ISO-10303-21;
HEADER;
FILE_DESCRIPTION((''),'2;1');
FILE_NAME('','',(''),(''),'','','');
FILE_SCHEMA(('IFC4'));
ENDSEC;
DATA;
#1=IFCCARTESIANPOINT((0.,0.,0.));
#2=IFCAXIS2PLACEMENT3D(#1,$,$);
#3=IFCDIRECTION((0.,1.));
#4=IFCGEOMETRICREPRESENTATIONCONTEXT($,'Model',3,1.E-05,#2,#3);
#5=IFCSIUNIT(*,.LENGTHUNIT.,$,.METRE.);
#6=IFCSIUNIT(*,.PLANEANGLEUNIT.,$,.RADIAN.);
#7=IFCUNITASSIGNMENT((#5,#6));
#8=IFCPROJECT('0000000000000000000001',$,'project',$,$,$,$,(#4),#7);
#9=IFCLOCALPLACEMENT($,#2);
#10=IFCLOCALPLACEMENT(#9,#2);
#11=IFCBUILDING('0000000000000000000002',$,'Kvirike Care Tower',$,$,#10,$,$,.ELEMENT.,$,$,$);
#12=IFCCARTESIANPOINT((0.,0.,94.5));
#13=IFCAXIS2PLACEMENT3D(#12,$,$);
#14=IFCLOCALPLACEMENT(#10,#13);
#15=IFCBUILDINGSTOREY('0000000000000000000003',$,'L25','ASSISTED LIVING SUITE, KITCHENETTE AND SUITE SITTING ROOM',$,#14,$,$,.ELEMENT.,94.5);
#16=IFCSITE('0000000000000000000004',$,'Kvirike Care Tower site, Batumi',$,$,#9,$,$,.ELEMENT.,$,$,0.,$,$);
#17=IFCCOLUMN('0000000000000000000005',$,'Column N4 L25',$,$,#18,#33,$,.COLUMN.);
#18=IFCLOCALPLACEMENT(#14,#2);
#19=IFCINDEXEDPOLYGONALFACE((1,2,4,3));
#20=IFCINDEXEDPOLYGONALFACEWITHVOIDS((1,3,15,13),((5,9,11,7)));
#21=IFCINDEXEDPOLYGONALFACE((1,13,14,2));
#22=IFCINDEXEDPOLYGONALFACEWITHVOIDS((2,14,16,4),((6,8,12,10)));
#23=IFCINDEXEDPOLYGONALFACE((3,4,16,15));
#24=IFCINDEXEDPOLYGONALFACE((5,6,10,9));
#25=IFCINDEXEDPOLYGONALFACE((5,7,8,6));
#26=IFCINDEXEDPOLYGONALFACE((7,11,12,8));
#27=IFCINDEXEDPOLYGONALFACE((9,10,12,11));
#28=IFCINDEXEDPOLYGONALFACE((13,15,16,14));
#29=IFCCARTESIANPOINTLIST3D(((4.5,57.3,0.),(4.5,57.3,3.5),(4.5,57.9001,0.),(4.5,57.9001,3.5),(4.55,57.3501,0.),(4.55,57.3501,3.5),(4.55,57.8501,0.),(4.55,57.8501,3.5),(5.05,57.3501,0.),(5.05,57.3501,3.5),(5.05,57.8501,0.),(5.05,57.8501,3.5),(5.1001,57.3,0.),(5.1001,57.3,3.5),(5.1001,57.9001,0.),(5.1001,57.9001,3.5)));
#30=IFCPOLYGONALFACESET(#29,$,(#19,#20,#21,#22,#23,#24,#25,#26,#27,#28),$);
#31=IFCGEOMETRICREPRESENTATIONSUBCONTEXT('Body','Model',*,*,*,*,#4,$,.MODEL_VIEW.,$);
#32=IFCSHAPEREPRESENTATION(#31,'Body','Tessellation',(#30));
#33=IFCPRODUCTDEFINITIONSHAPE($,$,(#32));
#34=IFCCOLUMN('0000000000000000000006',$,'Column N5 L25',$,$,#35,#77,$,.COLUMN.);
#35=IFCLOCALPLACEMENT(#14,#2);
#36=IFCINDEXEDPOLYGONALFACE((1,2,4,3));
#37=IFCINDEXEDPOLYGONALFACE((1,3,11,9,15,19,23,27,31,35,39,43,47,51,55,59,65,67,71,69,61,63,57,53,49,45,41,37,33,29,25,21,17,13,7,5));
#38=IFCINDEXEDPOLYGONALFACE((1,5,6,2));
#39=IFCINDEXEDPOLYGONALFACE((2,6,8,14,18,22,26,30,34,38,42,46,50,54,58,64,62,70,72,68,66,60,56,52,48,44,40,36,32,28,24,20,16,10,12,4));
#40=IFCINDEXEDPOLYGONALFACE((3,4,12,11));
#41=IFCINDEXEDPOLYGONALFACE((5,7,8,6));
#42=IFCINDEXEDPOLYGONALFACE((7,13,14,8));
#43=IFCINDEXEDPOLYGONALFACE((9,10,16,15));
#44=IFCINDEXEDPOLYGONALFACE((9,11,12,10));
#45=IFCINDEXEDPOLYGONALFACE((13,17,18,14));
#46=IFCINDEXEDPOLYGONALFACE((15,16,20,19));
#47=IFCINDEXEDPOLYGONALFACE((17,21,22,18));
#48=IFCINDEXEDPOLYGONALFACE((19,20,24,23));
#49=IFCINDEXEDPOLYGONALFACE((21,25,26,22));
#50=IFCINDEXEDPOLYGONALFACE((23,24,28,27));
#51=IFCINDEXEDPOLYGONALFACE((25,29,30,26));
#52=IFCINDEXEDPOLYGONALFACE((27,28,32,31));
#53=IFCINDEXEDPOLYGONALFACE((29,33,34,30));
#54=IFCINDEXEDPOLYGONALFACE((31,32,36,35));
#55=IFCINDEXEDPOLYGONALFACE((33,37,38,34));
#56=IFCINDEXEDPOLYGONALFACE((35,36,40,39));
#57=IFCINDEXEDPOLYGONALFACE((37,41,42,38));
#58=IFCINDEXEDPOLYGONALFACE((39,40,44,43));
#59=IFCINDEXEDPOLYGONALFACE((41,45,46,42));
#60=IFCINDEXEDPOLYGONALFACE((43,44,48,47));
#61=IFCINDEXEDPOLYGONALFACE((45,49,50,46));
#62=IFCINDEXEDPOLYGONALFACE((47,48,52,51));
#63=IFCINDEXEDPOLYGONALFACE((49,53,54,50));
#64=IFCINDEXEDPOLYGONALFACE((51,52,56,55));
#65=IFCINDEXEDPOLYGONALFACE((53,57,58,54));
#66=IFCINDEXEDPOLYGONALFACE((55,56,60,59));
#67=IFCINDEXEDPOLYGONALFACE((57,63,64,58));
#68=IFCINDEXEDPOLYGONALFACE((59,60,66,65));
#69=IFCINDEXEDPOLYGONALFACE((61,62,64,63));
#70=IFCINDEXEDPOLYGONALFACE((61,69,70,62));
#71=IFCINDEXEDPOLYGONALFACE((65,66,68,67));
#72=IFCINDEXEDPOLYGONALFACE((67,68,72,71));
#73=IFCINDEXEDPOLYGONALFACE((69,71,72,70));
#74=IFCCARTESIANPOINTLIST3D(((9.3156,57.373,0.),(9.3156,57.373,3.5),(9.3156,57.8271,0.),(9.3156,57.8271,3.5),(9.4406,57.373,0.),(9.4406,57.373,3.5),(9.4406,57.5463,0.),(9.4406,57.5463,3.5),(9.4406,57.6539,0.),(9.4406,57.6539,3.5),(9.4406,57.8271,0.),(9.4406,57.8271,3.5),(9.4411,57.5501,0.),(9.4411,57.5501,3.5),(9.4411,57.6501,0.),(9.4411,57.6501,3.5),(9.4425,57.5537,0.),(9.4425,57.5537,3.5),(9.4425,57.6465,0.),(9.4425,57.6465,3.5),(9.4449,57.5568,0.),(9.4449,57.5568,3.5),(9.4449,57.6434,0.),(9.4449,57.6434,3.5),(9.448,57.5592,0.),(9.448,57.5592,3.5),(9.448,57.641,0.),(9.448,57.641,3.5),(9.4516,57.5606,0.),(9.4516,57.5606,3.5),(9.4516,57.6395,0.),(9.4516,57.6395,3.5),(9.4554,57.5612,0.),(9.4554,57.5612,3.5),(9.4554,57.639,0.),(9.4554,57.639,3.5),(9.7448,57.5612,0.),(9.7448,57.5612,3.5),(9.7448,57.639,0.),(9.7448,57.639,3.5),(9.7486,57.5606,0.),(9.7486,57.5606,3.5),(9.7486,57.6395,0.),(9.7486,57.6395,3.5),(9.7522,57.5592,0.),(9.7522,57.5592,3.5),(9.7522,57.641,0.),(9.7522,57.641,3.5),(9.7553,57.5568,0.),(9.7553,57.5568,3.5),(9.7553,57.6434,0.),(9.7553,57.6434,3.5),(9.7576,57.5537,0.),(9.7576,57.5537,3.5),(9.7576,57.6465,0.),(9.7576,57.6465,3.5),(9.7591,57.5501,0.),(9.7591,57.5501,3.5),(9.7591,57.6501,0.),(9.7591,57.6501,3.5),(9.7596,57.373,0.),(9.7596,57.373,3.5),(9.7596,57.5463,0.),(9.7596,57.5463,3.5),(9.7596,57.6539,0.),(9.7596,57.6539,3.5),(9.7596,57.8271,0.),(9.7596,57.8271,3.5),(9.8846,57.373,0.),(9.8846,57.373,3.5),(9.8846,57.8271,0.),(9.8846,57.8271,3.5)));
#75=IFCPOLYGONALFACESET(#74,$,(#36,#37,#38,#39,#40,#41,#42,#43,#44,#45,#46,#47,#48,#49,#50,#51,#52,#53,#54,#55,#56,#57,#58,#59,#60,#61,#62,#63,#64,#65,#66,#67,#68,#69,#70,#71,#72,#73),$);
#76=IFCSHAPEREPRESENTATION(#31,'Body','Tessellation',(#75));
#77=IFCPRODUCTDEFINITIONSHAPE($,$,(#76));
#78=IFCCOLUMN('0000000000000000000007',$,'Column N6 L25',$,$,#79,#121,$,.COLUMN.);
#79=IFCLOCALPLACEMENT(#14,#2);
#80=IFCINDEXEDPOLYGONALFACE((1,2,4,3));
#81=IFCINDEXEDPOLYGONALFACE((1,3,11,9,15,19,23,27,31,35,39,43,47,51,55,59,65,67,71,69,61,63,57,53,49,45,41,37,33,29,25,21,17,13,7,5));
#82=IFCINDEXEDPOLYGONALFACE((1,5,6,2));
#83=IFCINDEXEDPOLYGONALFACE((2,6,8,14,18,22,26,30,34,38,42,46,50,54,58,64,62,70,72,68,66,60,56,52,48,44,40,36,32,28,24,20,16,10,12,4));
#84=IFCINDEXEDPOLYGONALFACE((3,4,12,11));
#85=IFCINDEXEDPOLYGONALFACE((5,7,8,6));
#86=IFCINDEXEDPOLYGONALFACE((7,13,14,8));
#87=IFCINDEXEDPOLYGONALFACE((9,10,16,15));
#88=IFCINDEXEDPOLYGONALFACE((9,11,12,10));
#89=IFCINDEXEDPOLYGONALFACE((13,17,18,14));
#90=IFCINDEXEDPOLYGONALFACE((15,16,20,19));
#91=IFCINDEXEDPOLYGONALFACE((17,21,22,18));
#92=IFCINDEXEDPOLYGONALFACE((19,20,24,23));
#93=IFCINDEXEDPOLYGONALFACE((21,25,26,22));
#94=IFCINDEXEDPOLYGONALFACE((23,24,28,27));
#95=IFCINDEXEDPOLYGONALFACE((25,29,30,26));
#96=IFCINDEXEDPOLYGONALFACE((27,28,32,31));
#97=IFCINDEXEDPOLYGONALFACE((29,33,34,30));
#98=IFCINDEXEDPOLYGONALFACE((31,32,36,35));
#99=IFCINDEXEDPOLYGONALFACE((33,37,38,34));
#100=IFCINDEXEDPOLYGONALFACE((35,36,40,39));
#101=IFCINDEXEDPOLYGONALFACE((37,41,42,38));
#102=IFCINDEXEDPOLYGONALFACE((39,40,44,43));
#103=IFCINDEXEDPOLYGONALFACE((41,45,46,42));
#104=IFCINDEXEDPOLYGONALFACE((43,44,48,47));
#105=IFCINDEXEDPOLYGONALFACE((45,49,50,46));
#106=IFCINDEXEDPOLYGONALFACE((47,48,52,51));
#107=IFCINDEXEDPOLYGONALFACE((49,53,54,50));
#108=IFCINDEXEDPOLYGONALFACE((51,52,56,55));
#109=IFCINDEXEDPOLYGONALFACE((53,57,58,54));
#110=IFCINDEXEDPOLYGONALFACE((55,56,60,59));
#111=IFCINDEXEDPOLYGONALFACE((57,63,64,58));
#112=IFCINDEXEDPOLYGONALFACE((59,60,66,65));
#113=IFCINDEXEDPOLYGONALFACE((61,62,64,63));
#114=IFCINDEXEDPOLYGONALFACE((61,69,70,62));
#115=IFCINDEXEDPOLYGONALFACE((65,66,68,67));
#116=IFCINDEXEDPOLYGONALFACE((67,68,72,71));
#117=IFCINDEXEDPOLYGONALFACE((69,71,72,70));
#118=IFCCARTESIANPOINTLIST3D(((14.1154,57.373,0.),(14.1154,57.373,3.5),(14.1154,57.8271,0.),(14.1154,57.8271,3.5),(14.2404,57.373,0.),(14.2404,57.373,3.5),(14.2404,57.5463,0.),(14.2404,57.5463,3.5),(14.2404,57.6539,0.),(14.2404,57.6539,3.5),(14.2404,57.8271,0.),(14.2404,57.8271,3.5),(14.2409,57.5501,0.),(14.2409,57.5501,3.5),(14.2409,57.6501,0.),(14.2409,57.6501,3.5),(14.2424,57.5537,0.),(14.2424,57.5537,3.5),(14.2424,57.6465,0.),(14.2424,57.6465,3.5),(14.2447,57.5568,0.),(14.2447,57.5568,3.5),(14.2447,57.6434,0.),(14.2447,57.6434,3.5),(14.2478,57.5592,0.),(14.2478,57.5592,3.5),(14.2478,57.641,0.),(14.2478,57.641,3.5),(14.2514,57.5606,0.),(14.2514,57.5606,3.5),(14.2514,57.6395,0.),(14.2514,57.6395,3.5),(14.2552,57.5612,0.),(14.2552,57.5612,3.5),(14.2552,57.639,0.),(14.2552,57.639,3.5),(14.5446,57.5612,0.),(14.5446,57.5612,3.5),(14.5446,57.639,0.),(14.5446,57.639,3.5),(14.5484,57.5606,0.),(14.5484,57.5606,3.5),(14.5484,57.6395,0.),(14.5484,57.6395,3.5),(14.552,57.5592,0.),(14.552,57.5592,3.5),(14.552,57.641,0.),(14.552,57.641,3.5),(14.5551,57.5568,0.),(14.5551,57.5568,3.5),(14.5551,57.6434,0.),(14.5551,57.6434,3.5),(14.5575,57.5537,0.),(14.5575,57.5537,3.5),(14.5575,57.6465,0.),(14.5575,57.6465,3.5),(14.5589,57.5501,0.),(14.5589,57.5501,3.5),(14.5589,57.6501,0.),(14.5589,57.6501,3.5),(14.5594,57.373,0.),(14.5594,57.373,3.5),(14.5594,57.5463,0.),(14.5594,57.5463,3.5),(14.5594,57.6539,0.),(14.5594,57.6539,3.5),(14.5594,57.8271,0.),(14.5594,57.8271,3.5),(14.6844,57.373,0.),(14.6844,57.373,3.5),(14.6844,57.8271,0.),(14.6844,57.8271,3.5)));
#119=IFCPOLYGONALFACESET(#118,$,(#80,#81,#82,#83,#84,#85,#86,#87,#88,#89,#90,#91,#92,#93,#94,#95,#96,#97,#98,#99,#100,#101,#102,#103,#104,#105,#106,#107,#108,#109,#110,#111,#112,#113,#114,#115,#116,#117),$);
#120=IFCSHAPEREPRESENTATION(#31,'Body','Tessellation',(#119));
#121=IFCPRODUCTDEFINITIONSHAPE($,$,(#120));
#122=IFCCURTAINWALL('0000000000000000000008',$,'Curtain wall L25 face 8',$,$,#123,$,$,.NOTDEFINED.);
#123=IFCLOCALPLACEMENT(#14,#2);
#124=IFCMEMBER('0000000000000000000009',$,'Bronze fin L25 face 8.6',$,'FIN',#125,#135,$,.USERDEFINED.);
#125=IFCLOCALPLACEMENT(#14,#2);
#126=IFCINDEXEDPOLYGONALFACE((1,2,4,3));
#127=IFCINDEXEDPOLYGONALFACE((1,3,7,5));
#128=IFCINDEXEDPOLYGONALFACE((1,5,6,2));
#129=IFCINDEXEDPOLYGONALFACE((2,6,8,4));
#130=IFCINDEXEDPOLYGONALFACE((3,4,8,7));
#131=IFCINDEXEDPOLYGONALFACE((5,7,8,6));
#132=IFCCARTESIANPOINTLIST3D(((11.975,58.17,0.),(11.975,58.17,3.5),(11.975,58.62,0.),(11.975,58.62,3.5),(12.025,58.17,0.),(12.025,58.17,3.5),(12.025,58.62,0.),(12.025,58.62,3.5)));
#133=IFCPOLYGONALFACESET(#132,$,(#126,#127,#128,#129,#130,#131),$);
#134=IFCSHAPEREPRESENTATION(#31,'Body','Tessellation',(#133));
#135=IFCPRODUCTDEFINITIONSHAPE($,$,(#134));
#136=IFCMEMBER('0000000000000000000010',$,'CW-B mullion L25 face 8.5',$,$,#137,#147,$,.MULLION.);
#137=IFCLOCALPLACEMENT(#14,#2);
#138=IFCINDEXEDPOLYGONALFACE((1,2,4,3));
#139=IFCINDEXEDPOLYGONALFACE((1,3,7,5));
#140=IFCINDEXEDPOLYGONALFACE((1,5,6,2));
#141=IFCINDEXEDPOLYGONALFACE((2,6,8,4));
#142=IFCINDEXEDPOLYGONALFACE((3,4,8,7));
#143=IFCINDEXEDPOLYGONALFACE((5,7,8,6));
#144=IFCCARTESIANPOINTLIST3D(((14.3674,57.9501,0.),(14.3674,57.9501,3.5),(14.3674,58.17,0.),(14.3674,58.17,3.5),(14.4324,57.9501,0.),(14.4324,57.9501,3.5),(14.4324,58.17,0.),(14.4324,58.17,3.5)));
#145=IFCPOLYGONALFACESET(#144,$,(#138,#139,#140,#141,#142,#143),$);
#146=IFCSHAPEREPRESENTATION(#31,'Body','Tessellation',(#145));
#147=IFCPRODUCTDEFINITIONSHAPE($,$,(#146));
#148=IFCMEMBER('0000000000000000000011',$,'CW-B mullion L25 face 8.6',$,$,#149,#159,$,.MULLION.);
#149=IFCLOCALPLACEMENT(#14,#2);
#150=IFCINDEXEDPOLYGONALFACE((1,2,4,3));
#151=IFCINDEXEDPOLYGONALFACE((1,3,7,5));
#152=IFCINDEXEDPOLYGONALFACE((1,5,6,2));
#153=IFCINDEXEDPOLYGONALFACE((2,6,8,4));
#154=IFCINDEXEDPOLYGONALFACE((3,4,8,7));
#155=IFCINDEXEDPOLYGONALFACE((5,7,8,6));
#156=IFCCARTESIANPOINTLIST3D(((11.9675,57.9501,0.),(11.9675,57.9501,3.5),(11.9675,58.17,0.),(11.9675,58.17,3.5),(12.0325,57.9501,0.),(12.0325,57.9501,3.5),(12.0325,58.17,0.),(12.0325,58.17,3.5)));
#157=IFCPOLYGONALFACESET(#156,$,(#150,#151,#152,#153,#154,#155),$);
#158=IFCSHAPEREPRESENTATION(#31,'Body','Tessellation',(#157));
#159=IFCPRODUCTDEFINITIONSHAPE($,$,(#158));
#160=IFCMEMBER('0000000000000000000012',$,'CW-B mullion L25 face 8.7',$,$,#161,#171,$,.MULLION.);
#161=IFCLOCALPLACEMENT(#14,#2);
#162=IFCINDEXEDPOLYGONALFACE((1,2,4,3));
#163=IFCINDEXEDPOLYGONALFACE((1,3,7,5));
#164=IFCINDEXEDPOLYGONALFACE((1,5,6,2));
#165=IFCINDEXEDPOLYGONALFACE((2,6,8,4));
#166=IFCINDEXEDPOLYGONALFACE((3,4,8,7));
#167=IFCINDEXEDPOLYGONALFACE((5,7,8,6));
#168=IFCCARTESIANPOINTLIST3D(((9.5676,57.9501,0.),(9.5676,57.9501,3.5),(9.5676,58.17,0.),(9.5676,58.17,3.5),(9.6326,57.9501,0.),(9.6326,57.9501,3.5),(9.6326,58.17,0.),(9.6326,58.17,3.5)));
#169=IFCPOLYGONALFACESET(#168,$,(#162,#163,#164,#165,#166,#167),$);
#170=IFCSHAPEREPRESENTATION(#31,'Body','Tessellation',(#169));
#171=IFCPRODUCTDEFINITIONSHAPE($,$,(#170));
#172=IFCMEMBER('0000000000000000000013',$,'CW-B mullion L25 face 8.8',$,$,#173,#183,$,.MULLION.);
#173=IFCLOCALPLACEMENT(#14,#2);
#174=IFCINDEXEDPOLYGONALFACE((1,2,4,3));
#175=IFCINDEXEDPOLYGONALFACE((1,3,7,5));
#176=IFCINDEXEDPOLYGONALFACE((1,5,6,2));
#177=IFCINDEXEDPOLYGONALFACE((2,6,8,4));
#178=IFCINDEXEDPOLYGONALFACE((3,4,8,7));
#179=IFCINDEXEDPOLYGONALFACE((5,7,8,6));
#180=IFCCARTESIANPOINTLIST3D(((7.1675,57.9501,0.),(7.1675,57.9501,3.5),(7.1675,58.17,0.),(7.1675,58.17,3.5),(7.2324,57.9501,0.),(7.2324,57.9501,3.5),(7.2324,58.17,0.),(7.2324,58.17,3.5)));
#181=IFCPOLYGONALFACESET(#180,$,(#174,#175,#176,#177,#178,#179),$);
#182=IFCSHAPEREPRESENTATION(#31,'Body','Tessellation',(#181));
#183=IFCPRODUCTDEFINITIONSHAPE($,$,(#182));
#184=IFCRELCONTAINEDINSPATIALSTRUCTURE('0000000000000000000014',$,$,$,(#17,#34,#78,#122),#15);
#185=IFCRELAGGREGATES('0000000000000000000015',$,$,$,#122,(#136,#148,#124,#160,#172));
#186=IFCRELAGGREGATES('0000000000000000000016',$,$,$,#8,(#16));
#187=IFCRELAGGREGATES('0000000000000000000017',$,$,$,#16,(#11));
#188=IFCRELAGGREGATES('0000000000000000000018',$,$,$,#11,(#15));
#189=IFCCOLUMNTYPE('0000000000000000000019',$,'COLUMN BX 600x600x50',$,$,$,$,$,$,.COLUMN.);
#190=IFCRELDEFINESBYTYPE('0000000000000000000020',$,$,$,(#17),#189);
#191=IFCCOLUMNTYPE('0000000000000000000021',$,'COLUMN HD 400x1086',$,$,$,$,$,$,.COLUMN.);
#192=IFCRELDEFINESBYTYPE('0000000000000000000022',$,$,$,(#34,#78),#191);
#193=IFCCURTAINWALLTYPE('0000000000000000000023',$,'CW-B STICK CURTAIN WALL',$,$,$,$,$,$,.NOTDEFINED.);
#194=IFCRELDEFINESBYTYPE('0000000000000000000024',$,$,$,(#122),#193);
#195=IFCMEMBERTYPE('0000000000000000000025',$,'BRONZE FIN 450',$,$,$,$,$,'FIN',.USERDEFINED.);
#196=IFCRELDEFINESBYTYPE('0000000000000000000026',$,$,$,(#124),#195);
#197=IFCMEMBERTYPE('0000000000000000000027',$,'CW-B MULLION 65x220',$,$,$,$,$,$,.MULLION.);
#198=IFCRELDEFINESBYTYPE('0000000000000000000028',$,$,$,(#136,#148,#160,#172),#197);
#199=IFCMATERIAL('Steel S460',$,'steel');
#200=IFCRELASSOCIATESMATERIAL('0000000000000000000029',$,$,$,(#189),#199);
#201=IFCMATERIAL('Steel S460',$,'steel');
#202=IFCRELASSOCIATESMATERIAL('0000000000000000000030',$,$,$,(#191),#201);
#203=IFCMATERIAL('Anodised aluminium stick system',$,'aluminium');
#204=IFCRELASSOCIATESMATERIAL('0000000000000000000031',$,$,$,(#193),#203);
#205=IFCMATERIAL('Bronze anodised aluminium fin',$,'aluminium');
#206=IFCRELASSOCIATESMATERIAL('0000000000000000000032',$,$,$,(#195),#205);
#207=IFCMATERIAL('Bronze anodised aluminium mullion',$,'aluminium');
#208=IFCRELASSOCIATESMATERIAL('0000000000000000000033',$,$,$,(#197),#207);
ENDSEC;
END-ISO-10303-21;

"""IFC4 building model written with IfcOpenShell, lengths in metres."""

from ifc_helpers import new_model, si_unit, direction, frame, origin, origin_2d, place, context, subcontext, project, spatial, rectangle, hollow_rectangle, i_section, extrude, material, material_profile, profile_set, type_object, element, aggregate, save


model = new_model("IFC4")

# Units and contexts
model_context = context("Model", 3, precision=1e-05, world=origin(), true_north=direction((0.0, 1.0)))
body_context = subcontext(model_context, "Body", "Model", "MODEL_VIEW")
ifc_project = project(units=[si_unit("LENGTHUNIT", "METRE"), si_unit("PLANEANGLEUNIT", "RADIAN")], contexts=[model_context])

# Site, building, storey
site_placement = place(None, origin())
site = spatial("IfcSite", under=ifc_project, at=site_placement, Name="Kvirike Care Tower site, Batumi", CompositionType="ELEMENT", RefElevation=0.0)
building_placement = place(site_placement, origin())
building = spatial("IfcBuilding", under=site, at=building_placement, Name="Kvirike Care Tower", CompositionType="ELEMENT")
storey_placement = place(building_placement, frame((0.0, 0.0, 94.5)))
storey = spatial("IfcBuildingStorey", under=building, at=storey_placement, Name="L25", Description="ASSISTED LIVING SUITE, KITCHENETTE AND SUITE SITTING ROOM", CompositionType="ELEMENT", Elevation=94.5)

# Columns
ifc_material_1 = material(Name="Steel S460", Category="steel")
ifc_material_profile_1 = material_profile(ifc_material_1, hollow_rectangle(XDim=0.6001, YDim=0.6001, WallThickness=0.05, at=origin_2d()), Name="BX 600x600x50")
ifc_profile_set_1 = profile_set([ifc_material_profile_1], Name="Steel S460")
column_type_1 = type_object("IfcColumnType", Name="COLUMN BX 600x600x50", PredefinedType="COLUMN", material=ifc_profile_set_1)
column_placement = place(storey_placement, frame((4.8, 57.6001, 0.0), z_axis=(0.0, 0.0, 1.0), x_axis=(0.0, 1.0, 0.0)))
element("IfcColumn", 1, at=column_placement, inside=storey, type_object=column_type_1, Name="Column N4 L25", PredefinedType="COLUMN", context=body_context, shape_type="SweptSolid", body=[
    extrude(hollow_rectangle(XDim=0.6001, YDim=0.6001, WallThickness=0.05, at=origin_2d()), origin(), (0.0, 0.0, 1.0), 3.5),
])
ifc_material_2 = material(Name="Steel S460", Category="steel")
ifc_material_profile_2 = material_profile(ifc_material_2, i_section(OverallWidth=0.4541, OverallDepth=0.5691, WebThickness=0.0779, FlangeThickness=0.125, FilletRadius=0.0149, at=origin_2d()), Name="HD 400x1086")
ifc_profile_set_2 = profile_set([ifc_material_profile_2], Name="Steel S460")
column_type_2 = type_object("IfcColumnType", Name="COLUMN HD 400x1086", PredefinedType="COLUMN", material=ifc_profile_set_2)
for number, where, z_axis, x_axis, name in (
    (2, (9.6001, 57.6001, 0.0), (0.0, 0.0, 1.0), (0.0, 1.0, 0.0), "Column N5 L25"),
    (3, (14.3999, 57.6001, 0.0), (0.0, 0.0, 1.0), (0.0, 1.0, 0.0), "Column N6 L25"),
):
    element("IfcColumn", number, at=place(storey_placement, frame(where, z_axis=z_axis, x_axis=x_axis)), inside=storey, type_object=column_type_2, Name=name, PredefinedType="COLUMN", context=body_context, shape_type="SweptSolid", body=[
        extrude(i_section(OverallWidth=0.4541, OverallDepth=0.5691, WebThickness=0.0779, FlangeThickness=0.125, FilletRadius=0.0149, at=origin_2d()), origin(), (0.0, 0.0, 1.0), 3.5),
    ])

# Curtain wall, members
ifc_material_3 = material(Name="Anodised aluminium stick system", Category="aluminium")
curtain_wall_type = type_object("IfcCurtainWallType", Name="CW-B STICK CURTAIN WALL", PredefinedType="NOTDEFINED", material=ifc_material_3)
curtain_wall_placement = place(storey_placement, origin())
curtain_wall = element("IfcCurtainWall", 4, at=curtain_wall_placement, inside=storey, type_object=curtain_wall_type, Name="Curtain wall L25 face 8", PredefinedType="NOTDEFINED")
ifc_material_4 = material(Name="Bronze anodised aluminium fin", Category="aluminium")
ifc_material_profile_3 = material_profile(ifc_material_4, rectangle(XDim=0.05, YDim=0.45, at=origin_2d()), Name="BRONZE FIN 450")
ifc_profile_set_3 = profile_set([ifc_material_profile_3], Name="Bronze anodised aluminium fin")
member_type_1 = type_object("IfcMemberType", Name="BRONZE FIN 450", ElementType="FIN", PredefinedType="USERDEFINED", material=ifc_profile_set_3)
member_1_placement = place(storey_placement, frame((12.0, 58.395, 0.0), z_axis=(0.0, 0.0, 1.0), x_axis=(-1.0, 0.0, 0.0)))
member_1 = element("IfcMember", 5, at=member_1_placement, type_object=member_type_1, Name="Bronze fin L25 face 8.6", ObjectType="FIN", PredefinedType="USERDEFINED", context=body_context, shape_type="SweptSolid", body=[
    extrude(rectangle(XDim=0.05, YDim=0.45, at=origin_2d()), origin(), (0.0, 0.0, 1.0), 3.5),
])
ifc_material_5 = material(Name="Bronze anodised aluminium mullion", Category="aluminium")
ifc_material_profile_4 = material_profile(ifc_material_5, rectangle(XDim=0.0649, YDim=0.22, at=origin_2d()), Name="CW-B MULLION 65x220")
ifc_profile_set_4 = profile_set([ifc_material_profile_4], Name="Bronze anodised aluminium mullion")
member_type_2 = type_object("IfcMemberType", Name="CW-B MULLION 65x220", PredefinedType="MULLION", material=ifc_profile_set_4)
member_2_placement = place(storey_placement, frame((14.3999, 58.0601, 0.0), z_axis=(0.0, 0.0, 1.0), x_axis=(-1.0, 0.0, 0.0)))
member_2 = element("IfcMember", 6, at=member_2_placement, type_object=member_type_2, Name="CW-B mullion L25 face 8.5", PredefinedType="MULLION", context=body_context, shape_type="SweptSolid", body=[
    extrude(rectangle(XDim=0.0649, YDim=0.22, at=origin_2d()), origin(), (0.0, 0.0, 1.0), 3.5),
])
member_3_placement = place(storey_placement, frame((12.0, 58.0601, 0.0), z_axis=(0.0, 0.0, 1.0), x_axis=(-1.0, 0.0, 0.0)))
member_3 = element("IfcMember", 7, at=member_3_placement, type_object=member_type_2, Name="CW-B mullion L25 face 8.6", PredefinedType="MULLION", context=body_context, shape_type="SweptSolid", body=[
    extrude(rectangle(XDim=0.0649, YDim=0.22, at=origin_2d()), origin(), (0.0, 0.0, 1.0), 3.5),
])
member_4_placement = place(storey_placement, frame((9.6001, 58.0601, 0.0), z_axis=(0.0, 0.0, 1.0), x_axis=(-1.0, 0.0, 0.0)))
member_4 = element("IfcMember", 8, at=member_4_placement, type_object=member_type_2, Name="CW-B mullion L25 face 8.7", PredefinedType="MULLION", context=body_context, shape_type="SweptSolid", body=[
    extrude(rectangle(XDim=0.0649, YDim=0.22, at=origin_2d()), origin(), (0.0, 0.0, 1.0), 3.5),
])
member_5_placement = place(storey_placement, frame((7.2, 58.0601, 0.0), z_axis=(0.0, 0.0, 1.0), x_axis=(-1.0, 0.0, 0.0)))
member_5 = element("IfcMember", 9, at=member_5_placement, type_object=member_type_2, Name="CW-B mullion L25 face 8.8", PredefinedType="MULLION", context=body_context, shape_type="SweptSolid", body=[
    extrude(rectangle(XDim=0.0649, YDim=0.22, at=origin_2d()), origin(), (0.0, 0.0, 1.0), 3.5),
])

aggregate(curtain_wall, [member_2, member_3, member_1, member_4, member_5])

save(model, "model.ifc")
